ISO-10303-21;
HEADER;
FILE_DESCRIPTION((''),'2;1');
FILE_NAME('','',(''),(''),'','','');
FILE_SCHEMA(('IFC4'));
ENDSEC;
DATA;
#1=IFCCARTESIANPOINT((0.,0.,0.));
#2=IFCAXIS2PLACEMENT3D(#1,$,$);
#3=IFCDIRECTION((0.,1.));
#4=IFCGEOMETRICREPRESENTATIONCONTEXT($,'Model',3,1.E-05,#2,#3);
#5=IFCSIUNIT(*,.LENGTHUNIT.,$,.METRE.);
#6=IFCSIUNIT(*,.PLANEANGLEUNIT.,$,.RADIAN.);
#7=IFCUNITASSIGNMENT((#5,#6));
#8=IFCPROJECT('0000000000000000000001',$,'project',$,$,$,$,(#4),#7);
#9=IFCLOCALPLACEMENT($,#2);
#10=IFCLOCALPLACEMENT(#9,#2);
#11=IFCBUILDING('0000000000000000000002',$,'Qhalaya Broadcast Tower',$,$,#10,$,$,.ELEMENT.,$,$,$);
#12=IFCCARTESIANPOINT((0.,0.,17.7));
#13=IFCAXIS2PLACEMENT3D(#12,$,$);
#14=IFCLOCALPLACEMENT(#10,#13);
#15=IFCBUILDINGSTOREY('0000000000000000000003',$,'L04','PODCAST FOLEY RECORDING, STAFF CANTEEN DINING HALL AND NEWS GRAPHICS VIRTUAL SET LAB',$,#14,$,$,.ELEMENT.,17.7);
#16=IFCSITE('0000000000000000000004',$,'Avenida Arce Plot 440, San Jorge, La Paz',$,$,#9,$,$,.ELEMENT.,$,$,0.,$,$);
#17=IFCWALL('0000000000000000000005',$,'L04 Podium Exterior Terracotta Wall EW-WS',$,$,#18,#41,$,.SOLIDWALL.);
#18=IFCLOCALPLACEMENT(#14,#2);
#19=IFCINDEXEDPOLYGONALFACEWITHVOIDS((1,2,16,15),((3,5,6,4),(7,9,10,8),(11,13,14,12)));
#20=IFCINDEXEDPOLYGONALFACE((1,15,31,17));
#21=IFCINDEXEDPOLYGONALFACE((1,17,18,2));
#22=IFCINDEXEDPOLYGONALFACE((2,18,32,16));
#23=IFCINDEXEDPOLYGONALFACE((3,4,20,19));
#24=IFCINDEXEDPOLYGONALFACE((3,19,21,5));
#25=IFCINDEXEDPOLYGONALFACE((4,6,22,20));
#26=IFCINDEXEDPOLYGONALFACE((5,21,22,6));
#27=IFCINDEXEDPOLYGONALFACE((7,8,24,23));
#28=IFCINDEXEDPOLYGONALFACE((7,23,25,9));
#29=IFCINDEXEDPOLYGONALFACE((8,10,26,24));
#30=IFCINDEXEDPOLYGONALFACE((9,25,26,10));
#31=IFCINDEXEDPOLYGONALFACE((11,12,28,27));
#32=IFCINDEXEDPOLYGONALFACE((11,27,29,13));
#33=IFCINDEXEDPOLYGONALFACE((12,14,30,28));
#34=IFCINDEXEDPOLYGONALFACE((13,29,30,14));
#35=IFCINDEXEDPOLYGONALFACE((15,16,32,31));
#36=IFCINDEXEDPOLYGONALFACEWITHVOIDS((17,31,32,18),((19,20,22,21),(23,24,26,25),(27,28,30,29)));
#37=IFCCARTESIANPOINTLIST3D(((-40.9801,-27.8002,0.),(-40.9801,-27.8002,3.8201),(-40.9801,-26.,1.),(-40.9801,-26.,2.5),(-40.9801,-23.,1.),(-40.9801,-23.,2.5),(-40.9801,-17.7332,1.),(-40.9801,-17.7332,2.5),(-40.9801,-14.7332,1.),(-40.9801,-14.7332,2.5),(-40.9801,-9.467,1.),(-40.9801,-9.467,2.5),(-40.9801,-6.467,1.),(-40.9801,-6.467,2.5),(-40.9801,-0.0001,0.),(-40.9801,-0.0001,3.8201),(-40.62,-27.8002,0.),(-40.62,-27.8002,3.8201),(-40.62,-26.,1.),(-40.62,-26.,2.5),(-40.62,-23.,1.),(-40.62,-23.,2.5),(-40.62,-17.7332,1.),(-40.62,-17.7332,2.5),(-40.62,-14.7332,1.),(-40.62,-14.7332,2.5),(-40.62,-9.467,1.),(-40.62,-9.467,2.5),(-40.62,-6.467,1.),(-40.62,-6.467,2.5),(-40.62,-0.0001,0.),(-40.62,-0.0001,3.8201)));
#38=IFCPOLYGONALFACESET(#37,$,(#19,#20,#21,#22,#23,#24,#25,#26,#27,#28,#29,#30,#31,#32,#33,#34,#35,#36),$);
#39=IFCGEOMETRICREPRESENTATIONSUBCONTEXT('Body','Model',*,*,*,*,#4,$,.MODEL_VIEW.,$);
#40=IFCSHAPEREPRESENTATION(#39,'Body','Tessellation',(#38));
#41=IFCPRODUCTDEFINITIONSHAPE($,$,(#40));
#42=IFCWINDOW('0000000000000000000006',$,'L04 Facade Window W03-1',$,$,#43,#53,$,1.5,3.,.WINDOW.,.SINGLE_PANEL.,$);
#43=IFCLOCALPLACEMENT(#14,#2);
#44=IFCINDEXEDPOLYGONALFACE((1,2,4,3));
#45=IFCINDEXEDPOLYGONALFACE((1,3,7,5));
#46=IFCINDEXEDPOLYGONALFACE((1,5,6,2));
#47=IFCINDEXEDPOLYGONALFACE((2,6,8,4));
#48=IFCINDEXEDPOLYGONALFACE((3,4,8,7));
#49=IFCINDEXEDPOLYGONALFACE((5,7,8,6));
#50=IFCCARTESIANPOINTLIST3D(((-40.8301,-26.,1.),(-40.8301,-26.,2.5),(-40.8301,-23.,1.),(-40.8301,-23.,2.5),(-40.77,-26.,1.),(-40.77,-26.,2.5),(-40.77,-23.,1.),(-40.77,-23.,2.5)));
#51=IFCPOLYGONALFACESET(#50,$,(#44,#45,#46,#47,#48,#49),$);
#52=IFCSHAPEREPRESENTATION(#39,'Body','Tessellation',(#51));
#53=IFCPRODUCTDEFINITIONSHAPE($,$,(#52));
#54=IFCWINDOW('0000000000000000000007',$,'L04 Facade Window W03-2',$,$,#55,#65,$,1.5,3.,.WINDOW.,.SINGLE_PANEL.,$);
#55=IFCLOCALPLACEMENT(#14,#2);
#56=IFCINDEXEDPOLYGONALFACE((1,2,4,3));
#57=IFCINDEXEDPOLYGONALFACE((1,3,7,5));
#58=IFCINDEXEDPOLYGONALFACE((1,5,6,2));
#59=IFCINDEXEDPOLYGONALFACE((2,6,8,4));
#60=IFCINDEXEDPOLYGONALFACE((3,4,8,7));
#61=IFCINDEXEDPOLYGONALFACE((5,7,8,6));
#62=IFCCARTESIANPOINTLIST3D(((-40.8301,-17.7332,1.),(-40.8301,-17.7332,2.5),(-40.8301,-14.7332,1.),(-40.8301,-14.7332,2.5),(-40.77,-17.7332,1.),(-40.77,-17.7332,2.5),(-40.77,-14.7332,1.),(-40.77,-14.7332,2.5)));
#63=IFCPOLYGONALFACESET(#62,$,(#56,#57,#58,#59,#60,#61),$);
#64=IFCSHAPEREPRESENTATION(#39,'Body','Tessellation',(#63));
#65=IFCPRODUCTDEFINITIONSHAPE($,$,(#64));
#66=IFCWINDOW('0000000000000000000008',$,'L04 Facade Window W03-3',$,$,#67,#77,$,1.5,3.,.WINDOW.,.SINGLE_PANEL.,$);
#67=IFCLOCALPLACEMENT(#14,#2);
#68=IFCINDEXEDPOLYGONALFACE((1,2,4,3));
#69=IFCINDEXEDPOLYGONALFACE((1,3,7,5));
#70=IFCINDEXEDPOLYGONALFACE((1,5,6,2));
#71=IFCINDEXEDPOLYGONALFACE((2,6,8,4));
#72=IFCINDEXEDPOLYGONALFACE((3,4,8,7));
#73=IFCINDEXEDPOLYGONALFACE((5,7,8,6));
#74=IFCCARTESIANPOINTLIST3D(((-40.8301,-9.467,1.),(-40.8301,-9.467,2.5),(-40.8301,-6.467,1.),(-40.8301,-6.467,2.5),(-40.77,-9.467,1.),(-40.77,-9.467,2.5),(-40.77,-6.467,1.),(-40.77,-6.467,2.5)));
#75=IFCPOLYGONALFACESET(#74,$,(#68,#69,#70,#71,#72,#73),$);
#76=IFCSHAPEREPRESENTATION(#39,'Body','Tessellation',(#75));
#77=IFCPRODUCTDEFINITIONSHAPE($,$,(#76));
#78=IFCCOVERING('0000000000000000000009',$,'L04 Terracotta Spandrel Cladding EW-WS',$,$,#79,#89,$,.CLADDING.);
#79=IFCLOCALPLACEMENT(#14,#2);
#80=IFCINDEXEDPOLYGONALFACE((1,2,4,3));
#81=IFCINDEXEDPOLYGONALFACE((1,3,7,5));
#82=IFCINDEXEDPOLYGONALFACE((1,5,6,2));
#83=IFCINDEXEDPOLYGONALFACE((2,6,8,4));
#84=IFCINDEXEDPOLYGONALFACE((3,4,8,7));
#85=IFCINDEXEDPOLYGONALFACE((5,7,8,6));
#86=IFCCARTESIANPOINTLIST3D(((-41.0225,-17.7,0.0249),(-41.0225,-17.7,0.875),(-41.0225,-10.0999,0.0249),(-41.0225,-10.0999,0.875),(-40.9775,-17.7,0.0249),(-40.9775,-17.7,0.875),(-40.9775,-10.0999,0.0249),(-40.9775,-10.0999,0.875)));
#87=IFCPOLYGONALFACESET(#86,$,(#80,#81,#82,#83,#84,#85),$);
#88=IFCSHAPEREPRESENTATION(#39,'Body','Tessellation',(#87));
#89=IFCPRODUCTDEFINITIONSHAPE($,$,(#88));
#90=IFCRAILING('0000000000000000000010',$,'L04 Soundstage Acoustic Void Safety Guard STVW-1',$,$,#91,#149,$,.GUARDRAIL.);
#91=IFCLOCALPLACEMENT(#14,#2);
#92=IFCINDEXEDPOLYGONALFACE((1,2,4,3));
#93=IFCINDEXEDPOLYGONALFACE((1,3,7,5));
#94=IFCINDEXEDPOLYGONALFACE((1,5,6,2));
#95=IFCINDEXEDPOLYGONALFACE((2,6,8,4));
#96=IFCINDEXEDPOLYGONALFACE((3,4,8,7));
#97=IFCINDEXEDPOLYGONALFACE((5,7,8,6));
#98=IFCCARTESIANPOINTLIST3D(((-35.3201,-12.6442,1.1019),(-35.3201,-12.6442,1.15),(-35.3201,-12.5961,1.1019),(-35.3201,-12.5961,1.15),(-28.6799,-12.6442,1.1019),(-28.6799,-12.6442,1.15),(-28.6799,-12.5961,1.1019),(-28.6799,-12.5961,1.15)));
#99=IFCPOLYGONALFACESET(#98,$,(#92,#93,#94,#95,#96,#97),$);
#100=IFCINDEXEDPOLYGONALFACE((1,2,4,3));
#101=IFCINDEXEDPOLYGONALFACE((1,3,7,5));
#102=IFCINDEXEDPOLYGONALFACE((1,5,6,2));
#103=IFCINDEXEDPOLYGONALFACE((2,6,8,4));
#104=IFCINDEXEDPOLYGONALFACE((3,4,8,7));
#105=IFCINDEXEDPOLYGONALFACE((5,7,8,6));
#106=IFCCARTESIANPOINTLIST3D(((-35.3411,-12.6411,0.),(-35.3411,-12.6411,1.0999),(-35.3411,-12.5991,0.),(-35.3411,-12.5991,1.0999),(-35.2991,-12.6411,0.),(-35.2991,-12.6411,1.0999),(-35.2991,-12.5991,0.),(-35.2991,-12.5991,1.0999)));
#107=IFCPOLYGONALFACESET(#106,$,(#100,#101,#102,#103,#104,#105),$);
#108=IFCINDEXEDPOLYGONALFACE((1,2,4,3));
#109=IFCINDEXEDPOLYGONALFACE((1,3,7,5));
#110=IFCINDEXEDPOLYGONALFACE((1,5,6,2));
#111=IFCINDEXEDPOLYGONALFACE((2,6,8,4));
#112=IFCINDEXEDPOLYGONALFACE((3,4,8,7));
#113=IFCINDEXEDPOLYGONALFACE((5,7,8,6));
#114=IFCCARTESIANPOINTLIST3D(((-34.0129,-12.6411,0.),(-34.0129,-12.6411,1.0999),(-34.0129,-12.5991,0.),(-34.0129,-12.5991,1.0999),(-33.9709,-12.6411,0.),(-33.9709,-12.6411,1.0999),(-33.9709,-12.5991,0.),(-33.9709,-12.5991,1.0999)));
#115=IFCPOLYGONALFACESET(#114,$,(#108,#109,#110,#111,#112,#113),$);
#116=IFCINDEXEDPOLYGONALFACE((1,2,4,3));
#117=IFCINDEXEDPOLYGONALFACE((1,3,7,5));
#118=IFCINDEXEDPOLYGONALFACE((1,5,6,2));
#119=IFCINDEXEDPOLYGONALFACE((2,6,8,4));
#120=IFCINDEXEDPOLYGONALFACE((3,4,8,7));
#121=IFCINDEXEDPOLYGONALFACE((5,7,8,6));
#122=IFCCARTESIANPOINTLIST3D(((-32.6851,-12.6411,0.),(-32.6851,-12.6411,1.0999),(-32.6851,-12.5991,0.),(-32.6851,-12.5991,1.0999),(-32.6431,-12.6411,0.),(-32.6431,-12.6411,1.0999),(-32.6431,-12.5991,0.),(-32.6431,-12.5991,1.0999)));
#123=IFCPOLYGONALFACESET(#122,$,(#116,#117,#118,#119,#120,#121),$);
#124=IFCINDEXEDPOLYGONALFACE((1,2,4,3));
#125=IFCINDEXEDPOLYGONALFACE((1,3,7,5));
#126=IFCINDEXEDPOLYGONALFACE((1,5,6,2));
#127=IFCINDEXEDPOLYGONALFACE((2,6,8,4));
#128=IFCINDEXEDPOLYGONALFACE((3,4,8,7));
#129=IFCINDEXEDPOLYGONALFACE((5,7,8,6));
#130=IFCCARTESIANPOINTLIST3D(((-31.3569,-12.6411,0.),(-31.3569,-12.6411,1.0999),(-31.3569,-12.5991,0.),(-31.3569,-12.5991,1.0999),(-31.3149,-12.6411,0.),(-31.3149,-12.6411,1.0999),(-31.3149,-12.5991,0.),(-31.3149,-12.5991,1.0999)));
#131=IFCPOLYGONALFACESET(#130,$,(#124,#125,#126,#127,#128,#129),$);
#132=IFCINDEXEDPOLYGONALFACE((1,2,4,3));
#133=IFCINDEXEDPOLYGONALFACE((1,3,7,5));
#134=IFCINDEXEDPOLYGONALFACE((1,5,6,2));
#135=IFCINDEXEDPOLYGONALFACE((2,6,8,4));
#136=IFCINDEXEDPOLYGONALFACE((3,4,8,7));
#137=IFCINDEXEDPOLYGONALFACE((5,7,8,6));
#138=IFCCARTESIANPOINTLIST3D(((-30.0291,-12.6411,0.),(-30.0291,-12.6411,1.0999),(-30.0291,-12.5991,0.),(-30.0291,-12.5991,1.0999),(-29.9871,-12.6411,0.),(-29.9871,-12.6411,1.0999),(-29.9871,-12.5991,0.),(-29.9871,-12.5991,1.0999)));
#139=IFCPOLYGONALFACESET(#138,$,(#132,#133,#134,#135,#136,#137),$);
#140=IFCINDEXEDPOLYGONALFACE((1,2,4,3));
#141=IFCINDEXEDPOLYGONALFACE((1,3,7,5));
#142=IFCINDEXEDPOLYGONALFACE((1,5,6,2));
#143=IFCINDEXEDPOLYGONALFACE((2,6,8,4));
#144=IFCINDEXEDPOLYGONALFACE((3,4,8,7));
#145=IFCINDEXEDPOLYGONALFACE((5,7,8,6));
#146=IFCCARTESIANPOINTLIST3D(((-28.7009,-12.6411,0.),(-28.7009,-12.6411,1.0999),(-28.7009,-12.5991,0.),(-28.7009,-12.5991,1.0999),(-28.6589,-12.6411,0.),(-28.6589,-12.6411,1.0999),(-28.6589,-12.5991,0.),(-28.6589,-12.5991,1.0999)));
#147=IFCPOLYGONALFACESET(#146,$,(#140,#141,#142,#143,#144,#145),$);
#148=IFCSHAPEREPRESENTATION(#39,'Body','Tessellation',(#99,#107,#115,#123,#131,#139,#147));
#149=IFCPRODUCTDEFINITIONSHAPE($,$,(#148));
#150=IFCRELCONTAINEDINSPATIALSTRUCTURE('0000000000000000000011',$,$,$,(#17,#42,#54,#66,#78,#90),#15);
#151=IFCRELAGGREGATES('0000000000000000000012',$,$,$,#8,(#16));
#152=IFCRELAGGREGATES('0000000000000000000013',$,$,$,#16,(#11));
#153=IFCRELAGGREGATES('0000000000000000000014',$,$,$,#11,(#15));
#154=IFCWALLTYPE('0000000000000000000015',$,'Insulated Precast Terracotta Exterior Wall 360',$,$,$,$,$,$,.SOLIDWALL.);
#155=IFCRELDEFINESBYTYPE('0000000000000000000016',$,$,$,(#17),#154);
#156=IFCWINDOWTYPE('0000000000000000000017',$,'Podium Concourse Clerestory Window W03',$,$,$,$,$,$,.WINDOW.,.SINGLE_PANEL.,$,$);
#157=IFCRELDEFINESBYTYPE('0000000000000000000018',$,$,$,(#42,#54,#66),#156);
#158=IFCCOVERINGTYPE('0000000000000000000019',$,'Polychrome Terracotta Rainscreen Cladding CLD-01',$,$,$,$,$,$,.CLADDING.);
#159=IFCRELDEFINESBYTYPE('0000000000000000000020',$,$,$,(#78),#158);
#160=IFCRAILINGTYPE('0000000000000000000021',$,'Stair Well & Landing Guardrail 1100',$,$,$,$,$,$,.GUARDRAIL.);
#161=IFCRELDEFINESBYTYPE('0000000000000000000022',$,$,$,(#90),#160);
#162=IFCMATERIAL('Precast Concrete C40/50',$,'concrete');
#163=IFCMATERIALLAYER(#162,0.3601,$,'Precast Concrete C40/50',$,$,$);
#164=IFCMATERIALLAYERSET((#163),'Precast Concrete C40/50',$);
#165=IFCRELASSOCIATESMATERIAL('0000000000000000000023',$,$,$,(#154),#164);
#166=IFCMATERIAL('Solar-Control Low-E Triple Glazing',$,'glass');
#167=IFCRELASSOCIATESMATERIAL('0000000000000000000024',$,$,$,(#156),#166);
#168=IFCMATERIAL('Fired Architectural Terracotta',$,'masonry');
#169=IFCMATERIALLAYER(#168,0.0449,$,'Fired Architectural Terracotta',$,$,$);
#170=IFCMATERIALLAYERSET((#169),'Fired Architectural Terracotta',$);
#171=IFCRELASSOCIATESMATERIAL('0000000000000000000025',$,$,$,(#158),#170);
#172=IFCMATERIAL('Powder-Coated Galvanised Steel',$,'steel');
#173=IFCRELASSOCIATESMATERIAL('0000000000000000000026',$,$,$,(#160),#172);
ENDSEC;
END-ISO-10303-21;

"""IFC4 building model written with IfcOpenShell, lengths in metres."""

from ifc_helpers import new_model, si_unit, direction, frame, frame_2d, origin, origin_2d, place, context, subcontext, project, spatial, rectangle, extrude, material, layer, layer_set, type_object, element, fill, save


model = new_model("IFC4")

# Units and contexts
model_context = context("Model", 3, precision=1e-05, world=origin(), true_north=direction((0.0, 1.0)))
body_context = subcontext(model_context, "Body", "Model", "MODEL_VIEW")
ifc_project = project(units=[si_unit("LENGTHUNIT", "METRE"), si_unit("PLANEANGLEUNIT", "RADIAN")], contexts=[model_context])

# Site, building, storey
site_placement = place(None, origin())
site = spatial("IfcSite", under=ifc_project, at=site_placement, Name="Avenida Arce Plot 440, San Jorge, La Paz", CompositionType="ELEMENT", RefElevation=0.0)
building_placement = place(site_placement, origin())
building = spatial("IfcBuilding", under=site, at=building_placement, Name="Qhalaya Broadcast Tower", CompositionType="ELEMENT")
storey_placement = place(building_placement, frame((0.0, 0.0, 17.7)))
storey = spatial("IfcBuildingStorey", under=building, at=storey_placement, Name="L04", Description="PODCAST FOLEY RECORDING, STAFF CANTEEN DINING HALL AND NEWS GRAPHICS VIRTUAL SET LAB", CompositionType="ELEMENT", Elevation=17.7)

# Wall, openings, windows
ifc_material_1 = material(Name="Precast Concrete C40/50", Category="concrete")
ifc_layer_1 = layer(ifc_material_1, 0.3601, Name="Precast Concrete C40/50")
ifc_layer_set_1 = layer_set([ifc_layer_1], Name="Precast Concrete C40/50")
wall_type_1 = type_object("IfcWallType", Name="Insulated Precast Terracotta Exterior Wall 360", PredefinedType="SOLIDWALL", material=ifc_layer_set_1)
wall_1_placement = place(storey_placement, frame((-40.8, -27.8, 0.0), z_axis=(0.0, 0.0, 1.0), x_axis=(0.0, 1.0, 0.0)))
wall_1 = element("IfcWall", 1, at=wall_1_placement, inside=storey, type_object=wall_type_1, Name="L04 Podium Exterior Terracotta Wall EW-WS", PredefinedType="SOLIDWALL", context=body_context, shape_type="SweptSolid", body=[
    extrude(rectangle(XDim=27.8, YDim=0.3601, at=frame_2d((13.8999, 0.0))), origin(), (0.0, 0.0, 1.0), 3.8201),
])
opening_1_placement = place(wall_1_placement, frame((1.8, 0.0, 1.0)))
opening_1 = element("IfcOpeningElement", 2, at=opening_1_placement, cuts=wall_1, PredefinedType="OPENING", context=body_context, shape_type="SweptSolid", body=[
    extrude(rectangle(XDim=3.0, YDim=1.5, at=frame_2d((1.5, 0.75))), frame((0.0, 0.1921, 0.0), z_axis=(0.0, -1.0, 0.0), x_axis=(1.0, 0.0, 0.0)), (0.0, 0.0, 1.0), 0.384),
])
opening_2_placement = place(wall_1_placement, frame((10.0669, 0.0, 1.0)))
opening_2 = element("IfcOpeningElement", 3, at=opening_2_placement, cuts=wall_1, PredefinedType="OPENING", context=body_context, shape_type="SweptSolid", body=[
    extrude(rectangle(XDim=3.0, YDim=1.5, at=frame_2d((1.5, 0.75))), frame((0.0, 0.1921, 0.0), z_axis=(0.0, -1.0, 0.0), x_axis=(1.0, 0.0, 0.0)), (0.0, 0.0, 1.0), 0.384),
])
opening_3_placement = place(wall_1_placement, frame((18.333, 0.0, 1.0)))
opening_3 = element("IfcOpeningElement", 4, at=opening_3_placement, cuts=wall_1, PredefinedType="OPENING", context=body_context, shape_type="SweptSolid", body=[
    extrude(rectangle(XDim=3.0, YDim=1.5, at=frame_2d((1.5, 0.75))), frame((0.0, 0.1921, 0.0), z_axis=(0.0, -1.0, 0.0), x_axis=(1.0, 0.0, 0.0)), (0.0, 0.0, 1.0), 0.384),
])
ifc_material_2 = material(Name="Solar-Control Low-E Triple Glazing", Category="glass")
window_type = type_object("IfcWindowType", Name="Podium Concourse Clerestory Window W03", PartitioningType="SINGLE_PANEL", PredefinedType="WINDOW", material=ifc_material_2)
window_1_placement = place(opening_1_placement, origin())
window_1 = element("IfcWindow", 5, at=window_1_placement, inside=storey, type_object=window_type, Name="L04 Facade Window W03-1", OverallHeight=1.5, OverallWidth=3.0, PartitioningType="SINGLE_PANEL", PredefinedType="WINDOW", context=body_context, shape_type="SweptSolid", body=[
    extrude(rectangle(XDim=3.0, YDim=1.5, at=frame_2d((1.5, 0.75))), frame((0.0, 0.03, 0.0), z_axis=(0.0, -1.0, 0.0), x_axis=(1.0, 0.0, 0.0)), (0.0, 0.0, 1.0), 0.0601),
])
fill(opening_1, window_1)
window_2_placement = place(opening_2_placement, origin())
window_2 = element("IfcWindow", 6, at=window_2_placement, inside=storey, type_object=window_type, Name="L04 Facade Window W03-2", OverallHeight=1.5, OverallWidth=3.0, PartitioningType="SINGLE_PANEL", PredefinedType="WINDOW", context=body_context, shape_type="SweptSolid", body=[
    extrude(rectangle(XDim=3.0, YDim=1.5, at=frame_2d((1.5, 0.75))), frame((0.0, 0.03, 0.0), z_axis=(0.0, -1.0, 0.0), x_axis=(1.0, 0.0, 0.0)), (0.0, 0.0, 1.0), 0.0601),
])
fill(opening_2, window_2)
window_3_placement = place(opening_3_placement, origin())
window_3 = element("IfcWindow", 7, at=window_3_placement, inside=storey, type_object=window_type, Name="L04 Facade Window W03-3", OverallHeight=1.5, OverallWidth=3.0, PartitioningType="SINGLE_PANEL", PredefinedType="WINDOW", context=body_context, shape_type="SweptSolid", body=[
    extrude(rectangle(XDim=3.0, YDim=1.5, at=frame_2d((1.5, 0.75))), frame((0.0, 0.03, 0.0), z_axis=(0.0, -1.0, 0.0), x_axis=(1.0, 0.0, 0.0)), (0.0, 0.0, 1.0), 0.0601),
])
fill(opening_3, window_3)

# Covering
ifc_material_3 = material(Name="Fired Architectural Terracotta", Category="masonry")
ifc_layer_2 = layer(ifc_material_3, 0.0449, Name="Fired Architectural Terracotta")
ifc_layer_set_2 = layer_set([ifc_layer_2], Name="Fired Architectural Terracotta")
covering_type = type_object("IfcCoveringType", Name="Polychrome Terracotta Rainscreen Cladding CLD-01", PredefinedType="CLADDING", material=ifc_layer_set_2)
covering_placement = place(storey_placement, frame((-41.0, -13.8999, 0.0249), z_axis=(0.0, 0.0, 1.0), x_axis=(0.0, 1.0, 0.0)))
element("IfcCovering", 8, at=covering_placement, inside=storey, type_object=covering_type, Name="L04 Terracotta Spandrel Cladding EW-WS", PredefinedType="CLADDING", context=body_context, shape_type="SweptSolid", body=[
    extrude(rectangle(XDim=7.6001, YDim=0.0449, at=origin_2d()), origin(), (0.0, 0.0, 1.0), 0.8501),
])

# Railing
ifc_material_4 = material(Name="Powder-Coated Galvanised Steel", Category="steel")
railing_type = type_object("IfcRailingType", Name="Stair Well & Landing Guardrail 1100", PredefinedType="GUARDRAIL", material=ifc_material_4)
railing_1_placement = place(storey_placement, frame((-35.3201, -12.6201, 0.0)))
element("IfcRailing", 9, at=railing_1_placement, inside=storey, type_object=railing_type, Name="L04 Soundstage Acoustic Void Safety Guard STVW-1", PredefinedType="GUARDRAIL", context=body_context, shape_type="SweptSolid", body=[
    extrude(rectangle(XDim=0.0481, YDim=0.0481, at=origin_2d()), frame((0.0, 0.0, 1.126), z_axis=(1.0, 0.0, 0.0), x_axis=(0.0, 1.0, 0.0)), (0.0, 0.0, 1.0), 6.6401),
    extrude(rectangle(XDim=0.042, YDim=0.042, at=origin_2d()), origin(), (0.0, 0.0, 1.0), 1.0999),
    extrude(rectangle(XDim=0.042, YDim=0.042, at=origin_2d()), frame((1.3281, 0.0, 0.0)), (0.0, 0.0, 1.0), 1.0999),
    extrude(rectangle(XDim=0.042, YDim=0.042, at=origin_2d()), frame((2.656, 0.0, 0.0)), (0.0, 0.0, 1.0), 1.0999),
    extrude(rectangle(XDim=0.042, YDim=0.042, at=origin_2d()), frame((3.9841, 0.0, 0.0)), (0.0, 0.0, 1.0), 1.0999),
    extrude(rectangle(XDim=0.042, YDim=0.042, at=origin_2d()), frame((5.312, 0.0, 0.0)), (0.0, 0.0, 1.0), 1.0999),
    extrude(rectangle(XDim=0.042, YDim=0.042, at=origin_2d()), frame((6.6401, 0.0, 0.0)), (0.0, 0.0, 1.0), 1.0999),
])

save(model, "model.ifc")
